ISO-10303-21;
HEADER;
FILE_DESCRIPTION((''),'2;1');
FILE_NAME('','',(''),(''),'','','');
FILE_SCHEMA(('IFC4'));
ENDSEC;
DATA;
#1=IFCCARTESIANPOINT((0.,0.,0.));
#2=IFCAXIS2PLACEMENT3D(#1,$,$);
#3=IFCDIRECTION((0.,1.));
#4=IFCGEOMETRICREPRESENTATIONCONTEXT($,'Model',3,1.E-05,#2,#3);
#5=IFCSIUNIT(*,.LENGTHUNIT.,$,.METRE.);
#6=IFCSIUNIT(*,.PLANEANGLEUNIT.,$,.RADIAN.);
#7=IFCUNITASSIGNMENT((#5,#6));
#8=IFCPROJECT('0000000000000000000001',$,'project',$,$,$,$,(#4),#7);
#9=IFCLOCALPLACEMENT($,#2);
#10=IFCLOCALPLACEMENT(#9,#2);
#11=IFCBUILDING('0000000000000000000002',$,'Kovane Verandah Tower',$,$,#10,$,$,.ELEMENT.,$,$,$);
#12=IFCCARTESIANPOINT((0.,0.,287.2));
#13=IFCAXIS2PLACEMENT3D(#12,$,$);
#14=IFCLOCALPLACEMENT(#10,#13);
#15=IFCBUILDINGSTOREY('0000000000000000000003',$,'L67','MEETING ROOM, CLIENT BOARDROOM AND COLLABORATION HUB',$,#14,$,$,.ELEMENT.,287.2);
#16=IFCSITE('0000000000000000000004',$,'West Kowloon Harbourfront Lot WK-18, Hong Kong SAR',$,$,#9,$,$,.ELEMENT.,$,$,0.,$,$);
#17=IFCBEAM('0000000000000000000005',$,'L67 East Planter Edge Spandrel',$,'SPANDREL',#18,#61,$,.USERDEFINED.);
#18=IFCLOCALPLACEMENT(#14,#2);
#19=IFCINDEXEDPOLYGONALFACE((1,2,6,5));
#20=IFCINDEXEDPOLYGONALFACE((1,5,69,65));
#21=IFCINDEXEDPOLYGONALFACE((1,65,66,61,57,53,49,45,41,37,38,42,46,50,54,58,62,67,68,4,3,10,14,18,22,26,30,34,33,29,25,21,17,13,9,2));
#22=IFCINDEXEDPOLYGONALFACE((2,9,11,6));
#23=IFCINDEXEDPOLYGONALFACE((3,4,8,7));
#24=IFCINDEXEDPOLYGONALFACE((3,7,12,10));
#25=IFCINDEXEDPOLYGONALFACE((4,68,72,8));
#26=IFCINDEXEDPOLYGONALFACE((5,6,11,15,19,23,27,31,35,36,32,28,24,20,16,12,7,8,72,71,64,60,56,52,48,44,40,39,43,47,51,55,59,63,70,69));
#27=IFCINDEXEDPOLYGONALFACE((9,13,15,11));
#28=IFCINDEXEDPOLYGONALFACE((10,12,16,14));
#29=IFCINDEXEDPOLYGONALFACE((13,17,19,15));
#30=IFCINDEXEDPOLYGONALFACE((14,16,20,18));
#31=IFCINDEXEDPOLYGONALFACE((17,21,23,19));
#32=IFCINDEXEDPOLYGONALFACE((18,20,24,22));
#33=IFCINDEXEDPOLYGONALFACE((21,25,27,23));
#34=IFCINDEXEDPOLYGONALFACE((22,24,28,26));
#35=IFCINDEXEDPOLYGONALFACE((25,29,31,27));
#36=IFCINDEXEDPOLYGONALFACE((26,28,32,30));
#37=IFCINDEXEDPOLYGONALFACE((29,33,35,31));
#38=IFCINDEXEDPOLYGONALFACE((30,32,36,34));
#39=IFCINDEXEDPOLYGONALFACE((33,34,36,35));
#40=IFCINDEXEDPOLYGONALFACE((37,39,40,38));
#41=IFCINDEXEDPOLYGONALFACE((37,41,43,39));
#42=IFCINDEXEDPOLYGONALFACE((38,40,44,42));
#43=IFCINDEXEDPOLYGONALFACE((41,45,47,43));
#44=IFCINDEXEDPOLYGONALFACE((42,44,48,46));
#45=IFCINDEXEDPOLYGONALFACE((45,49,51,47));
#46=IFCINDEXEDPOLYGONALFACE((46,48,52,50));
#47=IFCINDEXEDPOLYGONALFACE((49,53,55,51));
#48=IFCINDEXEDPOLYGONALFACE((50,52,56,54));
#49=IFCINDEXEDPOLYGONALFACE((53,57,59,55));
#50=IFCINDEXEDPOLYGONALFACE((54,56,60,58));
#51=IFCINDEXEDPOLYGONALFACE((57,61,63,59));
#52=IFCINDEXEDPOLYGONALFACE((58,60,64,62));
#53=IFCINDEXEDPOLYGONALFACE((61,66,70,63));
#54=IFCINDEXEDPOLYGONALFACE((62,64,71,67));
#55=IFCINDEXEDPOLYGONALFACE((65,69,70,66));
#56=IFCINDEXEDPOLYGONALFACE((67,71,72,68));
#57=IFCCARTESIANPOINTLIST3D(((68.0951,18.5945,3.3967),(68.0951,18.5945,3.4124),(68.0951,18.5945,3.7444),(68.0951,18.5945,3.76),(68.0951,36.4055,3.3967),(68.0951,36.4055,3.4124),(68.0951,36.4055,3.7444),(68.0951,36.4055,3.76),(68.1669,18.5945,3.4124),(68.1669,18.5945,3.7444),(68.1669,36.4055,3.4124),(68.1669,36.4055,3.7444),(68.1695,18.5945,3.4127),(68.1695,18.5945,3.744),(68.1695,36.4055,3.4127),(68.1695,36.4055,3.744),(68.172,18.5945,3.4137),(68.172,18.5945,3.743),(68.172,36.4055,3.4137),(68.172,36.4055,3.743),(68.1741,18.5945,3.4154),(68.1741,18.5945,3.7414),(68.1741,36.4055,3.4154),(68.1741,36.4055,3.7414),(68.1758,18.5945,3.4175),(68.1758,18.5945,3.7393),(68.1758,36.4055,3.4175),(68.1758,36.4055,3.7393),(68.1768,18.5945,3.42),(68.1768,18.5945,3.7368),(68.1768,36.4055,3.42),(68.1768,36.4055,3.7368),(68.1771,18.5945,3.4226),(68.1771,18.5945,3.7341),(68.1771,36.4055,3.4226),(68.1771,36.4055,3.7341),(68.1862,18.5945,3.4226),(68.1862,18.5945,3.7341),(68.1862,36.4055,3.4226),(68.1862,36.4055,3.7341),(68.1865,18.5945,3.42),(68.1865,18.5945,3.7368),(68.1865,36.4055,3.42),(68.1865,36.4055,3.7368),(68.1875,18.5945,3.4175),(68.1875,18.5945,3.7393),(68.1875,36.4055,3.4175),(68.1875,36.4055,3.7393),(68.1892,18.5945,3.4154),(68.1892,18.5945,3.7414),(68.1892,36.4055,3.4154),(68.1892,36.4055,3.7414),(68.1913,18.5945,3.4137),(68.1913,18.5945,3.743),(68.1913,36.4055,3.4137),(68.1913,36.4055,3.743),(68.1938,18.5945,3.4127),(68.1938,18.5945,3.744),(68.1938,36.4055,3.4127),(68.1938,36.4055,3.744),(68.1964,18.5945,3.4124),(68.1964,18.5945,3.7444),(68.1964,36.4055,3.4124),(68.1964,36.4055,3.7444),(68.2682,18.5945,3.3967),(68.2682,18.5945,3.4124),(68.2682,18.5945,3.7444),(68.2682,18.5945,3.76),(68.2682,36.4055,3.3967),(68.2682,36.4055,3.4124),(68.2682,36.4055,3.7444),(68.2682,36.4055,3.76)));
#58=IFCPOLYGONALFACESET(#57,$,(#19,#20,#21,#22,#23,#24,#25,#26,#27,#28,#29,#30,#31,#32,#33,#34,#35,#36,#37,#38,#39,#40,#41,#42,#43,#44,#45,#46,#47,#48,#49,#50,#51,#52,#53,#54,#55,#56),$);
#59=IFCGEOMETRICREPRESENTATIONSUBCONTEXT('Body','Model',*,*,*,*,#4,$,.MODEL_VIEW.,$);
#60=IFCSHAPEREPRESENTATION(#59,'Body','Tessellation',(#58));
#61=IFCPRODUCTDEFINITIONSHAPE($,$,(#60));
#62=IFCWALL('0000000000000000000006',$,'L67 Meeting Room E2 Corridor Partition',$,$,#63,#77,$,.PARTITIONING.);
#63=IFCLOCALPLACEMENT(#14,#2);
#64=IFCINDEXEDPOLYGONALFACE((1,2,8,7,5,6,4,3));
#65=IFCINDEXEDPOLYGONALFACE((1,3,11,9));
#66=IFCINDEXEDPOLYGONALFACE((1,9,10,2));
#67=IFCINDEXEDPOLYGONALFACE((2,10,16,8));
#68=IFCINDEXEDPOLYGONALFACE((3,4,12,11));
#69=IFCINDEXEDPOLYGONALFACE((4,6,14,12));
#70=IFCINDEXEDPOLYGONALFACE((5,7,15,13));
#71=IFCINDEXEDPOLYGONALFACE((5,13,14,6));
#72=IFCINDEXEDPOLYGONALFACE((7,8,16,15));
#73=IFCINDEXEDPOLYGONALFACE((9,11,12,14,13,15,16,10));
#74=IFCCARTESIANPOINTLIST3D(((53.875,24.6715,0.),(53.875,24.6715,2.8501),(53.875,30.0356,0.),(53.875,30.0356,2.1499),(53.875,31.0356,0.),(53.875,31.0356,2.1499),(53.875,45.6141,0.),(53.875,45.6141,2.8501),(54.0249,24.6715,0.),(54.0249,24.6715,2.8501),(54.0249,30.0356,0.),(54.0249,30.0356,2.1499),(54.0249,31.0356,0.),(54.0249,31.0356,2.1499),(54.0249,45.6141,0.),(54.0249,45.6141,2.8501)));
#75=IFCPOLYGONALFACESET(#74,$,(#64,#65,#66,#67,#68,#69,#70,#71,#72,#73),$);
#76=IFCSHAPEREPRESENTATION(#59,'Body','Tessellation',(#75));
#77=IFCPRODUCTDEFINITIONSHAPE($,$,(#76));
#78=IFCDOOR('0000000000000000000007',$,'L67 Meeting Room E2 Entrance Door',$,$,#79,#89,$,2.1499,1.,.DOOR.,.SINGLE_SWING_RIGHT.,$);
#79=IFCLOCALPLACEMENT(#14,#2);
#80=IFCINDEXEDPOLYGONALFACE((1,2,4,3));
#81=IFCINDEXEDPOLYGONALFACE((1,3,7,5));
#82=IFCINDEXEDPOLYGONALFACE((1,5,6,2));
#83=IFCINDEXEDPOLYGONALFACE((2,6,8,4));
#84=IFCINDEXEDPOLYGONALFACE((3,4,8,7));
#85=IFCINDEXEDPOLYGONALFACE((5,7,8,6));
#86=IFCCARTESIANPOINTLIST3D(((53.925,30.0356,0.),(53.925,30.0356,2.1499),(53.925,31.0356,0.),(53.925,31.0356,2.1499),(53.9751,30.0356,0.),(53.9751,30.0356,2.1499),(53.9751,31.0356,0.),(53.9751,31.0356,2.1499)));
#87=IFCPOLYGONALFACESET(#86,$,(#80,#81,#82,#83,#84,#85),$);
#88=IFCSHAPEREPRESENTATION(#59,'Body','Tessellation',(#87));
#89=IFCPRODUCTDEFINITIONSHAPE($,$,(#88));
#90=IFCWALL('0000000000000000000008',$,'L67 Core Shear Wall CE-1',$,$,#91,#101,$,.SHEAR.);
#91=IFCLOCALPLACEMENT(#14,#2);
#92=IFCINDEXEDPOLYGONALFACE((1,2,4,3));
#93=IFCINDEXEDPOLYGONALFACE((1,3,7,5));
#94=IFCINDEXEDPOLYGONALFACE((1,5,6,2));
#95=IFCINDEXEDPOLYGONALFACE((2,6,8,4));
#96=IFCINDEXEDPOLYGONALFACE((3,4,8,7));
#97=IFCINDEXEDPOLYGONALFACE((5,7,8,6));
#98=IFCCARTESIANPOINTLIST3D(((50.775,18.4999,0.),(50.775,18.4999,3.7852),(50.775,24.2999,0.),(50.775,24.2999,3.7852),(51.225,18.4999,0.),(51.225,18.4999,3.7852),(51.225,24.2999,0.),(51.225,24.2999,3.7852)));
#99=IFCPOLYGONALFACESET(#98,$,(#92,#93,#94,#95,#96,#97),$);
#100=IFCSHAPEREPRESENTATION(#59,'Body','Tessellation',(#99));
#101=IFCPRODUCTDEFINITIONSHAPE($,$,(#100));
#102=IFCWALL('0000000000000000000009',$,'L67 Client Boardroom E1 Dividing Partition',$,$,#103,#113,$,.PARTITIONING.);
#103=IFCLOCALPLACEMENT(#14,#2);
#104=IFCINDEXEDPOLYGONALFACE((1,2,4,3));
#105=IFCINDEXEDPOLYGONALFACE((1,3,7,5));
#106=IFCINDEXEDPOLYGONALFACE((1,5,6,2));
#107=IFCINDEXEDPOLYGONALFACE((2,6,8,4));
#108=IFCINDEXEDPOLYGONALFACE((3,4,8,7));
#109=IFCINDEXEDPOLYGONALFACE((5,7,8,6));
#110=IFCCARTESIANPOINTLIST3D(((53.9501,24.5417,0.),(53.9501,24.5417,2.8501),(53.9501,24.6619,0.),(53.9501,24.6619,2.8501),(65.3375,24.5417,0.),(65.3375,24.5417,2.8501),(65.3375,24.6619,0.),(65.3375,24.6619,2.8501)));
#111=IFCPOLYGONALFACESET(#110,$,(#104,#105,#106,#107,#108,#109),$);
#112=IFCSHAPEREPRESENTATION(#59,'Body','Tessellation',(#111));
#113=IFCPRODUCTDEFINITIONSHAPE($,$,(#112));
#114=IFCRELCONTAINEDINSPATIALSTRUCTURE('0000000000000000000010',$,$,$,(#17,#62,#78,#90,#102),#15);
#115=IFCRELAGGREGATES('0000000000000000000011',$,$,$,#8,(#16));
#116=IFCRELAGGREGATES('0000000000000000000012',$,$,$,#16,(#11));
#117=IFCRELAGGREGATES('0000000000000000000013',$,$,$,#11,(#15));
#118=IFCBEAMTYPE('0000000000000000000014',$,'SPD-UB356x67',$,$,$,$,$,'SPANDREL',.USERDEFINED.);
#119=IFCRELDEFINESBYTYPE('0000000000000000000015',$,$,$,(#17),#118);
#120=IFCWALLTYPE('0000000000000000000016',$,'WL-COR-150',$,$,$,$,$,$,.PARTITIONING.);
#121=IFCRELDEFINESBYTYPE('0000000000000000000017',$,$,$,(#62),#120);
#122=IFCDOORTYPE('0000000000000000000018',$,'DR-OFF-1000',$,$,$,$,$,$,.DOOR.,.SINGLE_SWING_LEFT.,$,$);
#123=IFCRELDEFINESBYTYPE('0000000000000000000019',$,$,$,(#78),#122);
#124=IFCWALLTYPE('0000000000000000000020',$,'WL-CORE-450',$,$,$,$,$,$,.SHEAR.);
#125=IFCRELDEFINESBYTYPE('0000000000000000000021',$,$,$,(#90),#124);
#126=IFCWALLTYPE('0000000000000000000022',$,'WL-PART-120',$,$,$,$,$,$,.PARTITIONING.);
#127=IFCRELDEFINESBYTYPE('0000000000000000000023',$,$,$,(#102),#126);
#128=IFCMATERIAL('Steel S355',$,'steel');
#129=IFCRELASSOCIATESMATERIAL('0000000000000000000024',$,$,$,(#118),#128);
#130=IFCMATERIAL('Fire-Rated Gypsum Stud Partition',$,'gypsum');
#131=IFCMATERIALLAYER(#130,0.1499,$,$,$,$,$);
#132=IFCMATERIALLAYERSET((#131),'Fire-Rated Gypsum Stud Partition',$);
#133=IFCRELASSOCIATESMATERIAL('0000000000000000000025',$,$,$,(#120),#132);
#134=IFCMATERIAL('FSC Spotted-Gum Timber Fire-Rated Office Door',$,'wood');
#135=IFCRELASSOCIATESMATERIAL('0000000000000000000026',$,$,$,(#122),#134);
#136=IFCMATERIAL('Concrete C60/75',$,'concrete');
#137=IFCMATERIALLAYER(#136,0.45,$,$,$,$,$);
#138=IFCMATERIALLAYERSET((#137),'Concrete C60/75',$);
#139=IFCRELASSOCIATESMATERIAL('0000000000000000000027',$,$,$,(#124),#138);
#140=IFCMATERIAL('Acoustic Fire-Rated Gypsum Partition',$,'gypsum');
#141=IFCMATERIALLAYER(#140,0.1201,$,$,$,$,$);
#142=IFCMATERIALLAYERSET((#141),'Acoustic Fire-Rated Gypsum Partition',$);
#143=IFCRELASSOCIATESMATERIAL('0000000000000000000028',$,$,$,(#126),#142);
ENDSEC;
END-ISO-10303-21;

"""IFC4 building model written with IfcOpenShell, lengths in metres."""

from ifc_helpers import new_model, si_unit, direction, frame, frame_2d, origin, origin_2d, place, context, subcontext, project, spatial, rectangle, i_section, extrude, material, layer, layer_set, material_profile, profile_set, type_object, element, fill, save


model = new_model("IFC4")

# Units and contexts
model_context = context("Model", 3, precision=1e-05, world=origin(), true_north=direction((0.0, 1.0)))
body_context = subcontext(model_context, "Body", "Model", "MODEL_VIEW")
ifc_project = project(units=[si_unit("LENGTHUNIT", "METRE"), si_unit("PLANEANGLEUNIT", "RADIAN")], contexts=[model_context])

# Site, building, storey
site_placement = place(None, origin())
site = spatial("IfcSite", under=ifc_project, at=site_placement, Name="West Kowloon Harbourfront Lot WK-18, Hong Kong SAR", CompositionType="ELEMENT", RefElevation=0.0)
building_placement = place(site_placement, origin())
building = spatial("IfcBuilding", under=site, at=building_placement, Name="Kovane Verandah Tower", CompositionType="ELEMENT")
storey_placement = place(building_placement, frame((0.0, 0.0, 287.2)))
storey = spatial("IfcBuildingStorey", under=building, at=storey_placement, Name="L67", Description="MEETING ROOM, CLIENT BOARDROOM AND COLLABORATION HUB", CompositionType="ELEMENT", Elevation=287.2)

# Shared definitions
ifc_material_1 = material(Name="Concrete C60/75", Category="concrete")

# Beam
ifc_material_2 = material(Name="Steel S355", Category="steel")
ifc_material_profile_1 = material_profile(ifc_material_2, i_section(OverallWidth=0.1731, OverallDepth=0.3633, WebThickness=0.009, FlangeThickness=0.0156, FilletRadius=0.0103, at=origin_2d()), Name="UB356x171x67")
ifc_profile_set_1 = profile_set([ifc_material_profile_1], Name="Steel S355")
beam_type_1 = type_object("IfcBeamType", Name="SPD-UB356x67", ElementType="SPANDREL", PredefinedType="USERDEFINED", material=ifc_profile_set_1)
beam_1_placement = place(storey_placement, frame((68.1816, 18.5945, 3.5784), z_axis=(0.0, 1.0, 0.0), x_axis=(-1.0, 0.0, 0.0)))
element("IfcBeam", 1, at=beam_1_placement, inside=storey, type_object=beam_type_1, Name="L67 East Planter Edge Spandrel", ObjectType="SPANDREL", PredefinedType="USERDEFINED", context=body_context, shape_type="SweptSolid", body=[
    extrude(i_section(OverallWidth=0.1731, OverallDepth=0.3633, WebThickness=0.009, FlangeThickness=0.0156, FilletRadius=0.0103, at=origin_2d()), origin(), (0.0, 0.0, 1.0), 17.811),
])

# Wall, opening, door
ifc_material_3 = material(Name="Fire-Rated Gypsum Stud Partition", Category="gypsum")
ifc_layer_1 = layer(ifc_material_3, 0.1499)
ifc_layer_set_1 = layer_set([ifc_layer_1], Name="Fire-Rated Gypsum Stud Partition")
wall_type_1 = type_object("IfcWallType", Name="WL-COR-150", PredefinedType="PARTITIONING", material=ifc_layer_set_1)
wall_1_placement = place(storey_placement, frame((53.95, 24.6716, 0.0), z_axis=(0.0, 0.0, 1.0), x_axis=(0.0, 1.0, 0.0)))
wall_1 = element("IfcWall", 2, at=wall_1_placement, inside=storey, type_object=wall_type_1, Name="L67 Meeting Room E2 Corridor Partition", PredefinedType="PARTITIONING", context=body_context, shape_type="SweptSolid", body=[
    extrude(rectangle(XDim=20.9426, YDim=0.1499, at=frame_2d((10.4712, 0.0))), origin(), (0.0, 0.0, 1.0), 2.8501),
])
opening_1_placement = place(wall_1_placement, frame((5.364, 0.0, 0.0)))
opening_1 = element("IfcOpeningElement", 3, at=opening_1_placement, cuts=wall_1, PredefinedType="OPENING", context=body_context, shape_type="SweptSolid", body=[
    extrude(rectangle(XDim=1.0, YDim=2.1499, at=frame_2d((0.5, 1.075))), frame((0.0, 0.075, 0.0), z_axis=(0.0, -1.0, 0.0), x_axis=(1.0, 0.0, 0.0)), (0.0, 0.0, 1.0), 0.1499),
])
ifc_material_4 = material(Name="FSC Spotted-Gum Timber Fire-Rated Office Door", Category="wood")
door_type_1 = type_object("IfcDoorType", Name="DR-OFF-1000", OperationType="SINGLE_SWING_LEFT", PredefinedType="DOOR", material=ifc_material_4)
door_1_placement = place(opening_1_placement, origin())
door_1 = element("IfcDoor", 4, at=door_1_placement, inside=storey, type_object=door_type_1, Name="L67 Meeting Room E2 Entrance Door", OperationType="SINGLE_SWING_RIGHT", OverallHeight=2.1499, OverallWidth=1.0, PredefinedType="DOOR", context=body_context, shape_type="SweptSolid", body=[
    extrude(rectangle(XDim=1.0, YDim=2.1499, at=frame_2d((0.5, 1.075))), frame((0.0, 0.0249, 0.0), z_axis=(0.0, -1.0, 0.0), x_axis=(1.0, 0.0, 0.0)), (0.0, 0.0, 1.0), 0.05),
])
fill(opening_1, door_1)

# Wall
ifc_layer_2 = layer(ifc_material_1, 0.45)
ifc_layer_set_2 = layer_set([ifc_layer_2], Name="Concrete C60/75")
wall_type_2 = type_object("IfcWallType", Name="WL-CORE-450", PredefinedType="SHEAR", material=ifc_layer_set_2)
wall_2_placement = place(storey_placement, frame((51.0, 18.5, 0.0), z_axis=(0.0, 0.0, 1.0), x_axis=(0.0, 1.0, 0.0)))
element("IfcWall", 5, at=wall_2_placement, inside=storey, type_object=wall_type_2, Name="L67 Core Shear Wall CE-1", PredefinedType="SHEAR", context=body_context, shape_type="SweptSolid", body=[
    extrude(rectangle(XDim=5.8, YDim=0.45, at=frame_2d((2.8999, 0.0))), origin(), (0.0, 0.0, 1.0), 3.7852),
])

# Wall
ifc_material_5 = material(Name="Acoustic Fire-Rated Gypsum Partition", Category="gypsum")
ifc_layer_3 = layer(ifc_material_5, 0.1201)
ifc_layer_set_3 = layer_set([ifc_layer_3], Name="Acoustic Fire-Rated Gypsum Partition")
wall_type_3 = type_object("IfcWallType", Name="WL-PART-120", PredefinedType="PARTITIONING", material=ifc_layer_set_3)
wall_3_placement = place(storey_placement, frame((53.95, 24.6018, 0.0), z_axis=(0.0, 0.0, 1.0), x_axis=(1.0, 0.0, 0.0)))
element("IfcWall", 6, at=wall_3_placement, inside=storey, type_object=wall_type_3, Name="L67 Client Boardroom E1 Dividing Partition", PredefinedType="PARTITIONING", context=body_context, shape_type="SweptSolid", body=[
    extrude(rectangle(XDim=11.3875, YDim=0.1201, at=frame_2d((5.6938, 0.0))), origin(), (0.0, 0.0, 1.0), 2.8501),
])

save(model, "model.ifc")
